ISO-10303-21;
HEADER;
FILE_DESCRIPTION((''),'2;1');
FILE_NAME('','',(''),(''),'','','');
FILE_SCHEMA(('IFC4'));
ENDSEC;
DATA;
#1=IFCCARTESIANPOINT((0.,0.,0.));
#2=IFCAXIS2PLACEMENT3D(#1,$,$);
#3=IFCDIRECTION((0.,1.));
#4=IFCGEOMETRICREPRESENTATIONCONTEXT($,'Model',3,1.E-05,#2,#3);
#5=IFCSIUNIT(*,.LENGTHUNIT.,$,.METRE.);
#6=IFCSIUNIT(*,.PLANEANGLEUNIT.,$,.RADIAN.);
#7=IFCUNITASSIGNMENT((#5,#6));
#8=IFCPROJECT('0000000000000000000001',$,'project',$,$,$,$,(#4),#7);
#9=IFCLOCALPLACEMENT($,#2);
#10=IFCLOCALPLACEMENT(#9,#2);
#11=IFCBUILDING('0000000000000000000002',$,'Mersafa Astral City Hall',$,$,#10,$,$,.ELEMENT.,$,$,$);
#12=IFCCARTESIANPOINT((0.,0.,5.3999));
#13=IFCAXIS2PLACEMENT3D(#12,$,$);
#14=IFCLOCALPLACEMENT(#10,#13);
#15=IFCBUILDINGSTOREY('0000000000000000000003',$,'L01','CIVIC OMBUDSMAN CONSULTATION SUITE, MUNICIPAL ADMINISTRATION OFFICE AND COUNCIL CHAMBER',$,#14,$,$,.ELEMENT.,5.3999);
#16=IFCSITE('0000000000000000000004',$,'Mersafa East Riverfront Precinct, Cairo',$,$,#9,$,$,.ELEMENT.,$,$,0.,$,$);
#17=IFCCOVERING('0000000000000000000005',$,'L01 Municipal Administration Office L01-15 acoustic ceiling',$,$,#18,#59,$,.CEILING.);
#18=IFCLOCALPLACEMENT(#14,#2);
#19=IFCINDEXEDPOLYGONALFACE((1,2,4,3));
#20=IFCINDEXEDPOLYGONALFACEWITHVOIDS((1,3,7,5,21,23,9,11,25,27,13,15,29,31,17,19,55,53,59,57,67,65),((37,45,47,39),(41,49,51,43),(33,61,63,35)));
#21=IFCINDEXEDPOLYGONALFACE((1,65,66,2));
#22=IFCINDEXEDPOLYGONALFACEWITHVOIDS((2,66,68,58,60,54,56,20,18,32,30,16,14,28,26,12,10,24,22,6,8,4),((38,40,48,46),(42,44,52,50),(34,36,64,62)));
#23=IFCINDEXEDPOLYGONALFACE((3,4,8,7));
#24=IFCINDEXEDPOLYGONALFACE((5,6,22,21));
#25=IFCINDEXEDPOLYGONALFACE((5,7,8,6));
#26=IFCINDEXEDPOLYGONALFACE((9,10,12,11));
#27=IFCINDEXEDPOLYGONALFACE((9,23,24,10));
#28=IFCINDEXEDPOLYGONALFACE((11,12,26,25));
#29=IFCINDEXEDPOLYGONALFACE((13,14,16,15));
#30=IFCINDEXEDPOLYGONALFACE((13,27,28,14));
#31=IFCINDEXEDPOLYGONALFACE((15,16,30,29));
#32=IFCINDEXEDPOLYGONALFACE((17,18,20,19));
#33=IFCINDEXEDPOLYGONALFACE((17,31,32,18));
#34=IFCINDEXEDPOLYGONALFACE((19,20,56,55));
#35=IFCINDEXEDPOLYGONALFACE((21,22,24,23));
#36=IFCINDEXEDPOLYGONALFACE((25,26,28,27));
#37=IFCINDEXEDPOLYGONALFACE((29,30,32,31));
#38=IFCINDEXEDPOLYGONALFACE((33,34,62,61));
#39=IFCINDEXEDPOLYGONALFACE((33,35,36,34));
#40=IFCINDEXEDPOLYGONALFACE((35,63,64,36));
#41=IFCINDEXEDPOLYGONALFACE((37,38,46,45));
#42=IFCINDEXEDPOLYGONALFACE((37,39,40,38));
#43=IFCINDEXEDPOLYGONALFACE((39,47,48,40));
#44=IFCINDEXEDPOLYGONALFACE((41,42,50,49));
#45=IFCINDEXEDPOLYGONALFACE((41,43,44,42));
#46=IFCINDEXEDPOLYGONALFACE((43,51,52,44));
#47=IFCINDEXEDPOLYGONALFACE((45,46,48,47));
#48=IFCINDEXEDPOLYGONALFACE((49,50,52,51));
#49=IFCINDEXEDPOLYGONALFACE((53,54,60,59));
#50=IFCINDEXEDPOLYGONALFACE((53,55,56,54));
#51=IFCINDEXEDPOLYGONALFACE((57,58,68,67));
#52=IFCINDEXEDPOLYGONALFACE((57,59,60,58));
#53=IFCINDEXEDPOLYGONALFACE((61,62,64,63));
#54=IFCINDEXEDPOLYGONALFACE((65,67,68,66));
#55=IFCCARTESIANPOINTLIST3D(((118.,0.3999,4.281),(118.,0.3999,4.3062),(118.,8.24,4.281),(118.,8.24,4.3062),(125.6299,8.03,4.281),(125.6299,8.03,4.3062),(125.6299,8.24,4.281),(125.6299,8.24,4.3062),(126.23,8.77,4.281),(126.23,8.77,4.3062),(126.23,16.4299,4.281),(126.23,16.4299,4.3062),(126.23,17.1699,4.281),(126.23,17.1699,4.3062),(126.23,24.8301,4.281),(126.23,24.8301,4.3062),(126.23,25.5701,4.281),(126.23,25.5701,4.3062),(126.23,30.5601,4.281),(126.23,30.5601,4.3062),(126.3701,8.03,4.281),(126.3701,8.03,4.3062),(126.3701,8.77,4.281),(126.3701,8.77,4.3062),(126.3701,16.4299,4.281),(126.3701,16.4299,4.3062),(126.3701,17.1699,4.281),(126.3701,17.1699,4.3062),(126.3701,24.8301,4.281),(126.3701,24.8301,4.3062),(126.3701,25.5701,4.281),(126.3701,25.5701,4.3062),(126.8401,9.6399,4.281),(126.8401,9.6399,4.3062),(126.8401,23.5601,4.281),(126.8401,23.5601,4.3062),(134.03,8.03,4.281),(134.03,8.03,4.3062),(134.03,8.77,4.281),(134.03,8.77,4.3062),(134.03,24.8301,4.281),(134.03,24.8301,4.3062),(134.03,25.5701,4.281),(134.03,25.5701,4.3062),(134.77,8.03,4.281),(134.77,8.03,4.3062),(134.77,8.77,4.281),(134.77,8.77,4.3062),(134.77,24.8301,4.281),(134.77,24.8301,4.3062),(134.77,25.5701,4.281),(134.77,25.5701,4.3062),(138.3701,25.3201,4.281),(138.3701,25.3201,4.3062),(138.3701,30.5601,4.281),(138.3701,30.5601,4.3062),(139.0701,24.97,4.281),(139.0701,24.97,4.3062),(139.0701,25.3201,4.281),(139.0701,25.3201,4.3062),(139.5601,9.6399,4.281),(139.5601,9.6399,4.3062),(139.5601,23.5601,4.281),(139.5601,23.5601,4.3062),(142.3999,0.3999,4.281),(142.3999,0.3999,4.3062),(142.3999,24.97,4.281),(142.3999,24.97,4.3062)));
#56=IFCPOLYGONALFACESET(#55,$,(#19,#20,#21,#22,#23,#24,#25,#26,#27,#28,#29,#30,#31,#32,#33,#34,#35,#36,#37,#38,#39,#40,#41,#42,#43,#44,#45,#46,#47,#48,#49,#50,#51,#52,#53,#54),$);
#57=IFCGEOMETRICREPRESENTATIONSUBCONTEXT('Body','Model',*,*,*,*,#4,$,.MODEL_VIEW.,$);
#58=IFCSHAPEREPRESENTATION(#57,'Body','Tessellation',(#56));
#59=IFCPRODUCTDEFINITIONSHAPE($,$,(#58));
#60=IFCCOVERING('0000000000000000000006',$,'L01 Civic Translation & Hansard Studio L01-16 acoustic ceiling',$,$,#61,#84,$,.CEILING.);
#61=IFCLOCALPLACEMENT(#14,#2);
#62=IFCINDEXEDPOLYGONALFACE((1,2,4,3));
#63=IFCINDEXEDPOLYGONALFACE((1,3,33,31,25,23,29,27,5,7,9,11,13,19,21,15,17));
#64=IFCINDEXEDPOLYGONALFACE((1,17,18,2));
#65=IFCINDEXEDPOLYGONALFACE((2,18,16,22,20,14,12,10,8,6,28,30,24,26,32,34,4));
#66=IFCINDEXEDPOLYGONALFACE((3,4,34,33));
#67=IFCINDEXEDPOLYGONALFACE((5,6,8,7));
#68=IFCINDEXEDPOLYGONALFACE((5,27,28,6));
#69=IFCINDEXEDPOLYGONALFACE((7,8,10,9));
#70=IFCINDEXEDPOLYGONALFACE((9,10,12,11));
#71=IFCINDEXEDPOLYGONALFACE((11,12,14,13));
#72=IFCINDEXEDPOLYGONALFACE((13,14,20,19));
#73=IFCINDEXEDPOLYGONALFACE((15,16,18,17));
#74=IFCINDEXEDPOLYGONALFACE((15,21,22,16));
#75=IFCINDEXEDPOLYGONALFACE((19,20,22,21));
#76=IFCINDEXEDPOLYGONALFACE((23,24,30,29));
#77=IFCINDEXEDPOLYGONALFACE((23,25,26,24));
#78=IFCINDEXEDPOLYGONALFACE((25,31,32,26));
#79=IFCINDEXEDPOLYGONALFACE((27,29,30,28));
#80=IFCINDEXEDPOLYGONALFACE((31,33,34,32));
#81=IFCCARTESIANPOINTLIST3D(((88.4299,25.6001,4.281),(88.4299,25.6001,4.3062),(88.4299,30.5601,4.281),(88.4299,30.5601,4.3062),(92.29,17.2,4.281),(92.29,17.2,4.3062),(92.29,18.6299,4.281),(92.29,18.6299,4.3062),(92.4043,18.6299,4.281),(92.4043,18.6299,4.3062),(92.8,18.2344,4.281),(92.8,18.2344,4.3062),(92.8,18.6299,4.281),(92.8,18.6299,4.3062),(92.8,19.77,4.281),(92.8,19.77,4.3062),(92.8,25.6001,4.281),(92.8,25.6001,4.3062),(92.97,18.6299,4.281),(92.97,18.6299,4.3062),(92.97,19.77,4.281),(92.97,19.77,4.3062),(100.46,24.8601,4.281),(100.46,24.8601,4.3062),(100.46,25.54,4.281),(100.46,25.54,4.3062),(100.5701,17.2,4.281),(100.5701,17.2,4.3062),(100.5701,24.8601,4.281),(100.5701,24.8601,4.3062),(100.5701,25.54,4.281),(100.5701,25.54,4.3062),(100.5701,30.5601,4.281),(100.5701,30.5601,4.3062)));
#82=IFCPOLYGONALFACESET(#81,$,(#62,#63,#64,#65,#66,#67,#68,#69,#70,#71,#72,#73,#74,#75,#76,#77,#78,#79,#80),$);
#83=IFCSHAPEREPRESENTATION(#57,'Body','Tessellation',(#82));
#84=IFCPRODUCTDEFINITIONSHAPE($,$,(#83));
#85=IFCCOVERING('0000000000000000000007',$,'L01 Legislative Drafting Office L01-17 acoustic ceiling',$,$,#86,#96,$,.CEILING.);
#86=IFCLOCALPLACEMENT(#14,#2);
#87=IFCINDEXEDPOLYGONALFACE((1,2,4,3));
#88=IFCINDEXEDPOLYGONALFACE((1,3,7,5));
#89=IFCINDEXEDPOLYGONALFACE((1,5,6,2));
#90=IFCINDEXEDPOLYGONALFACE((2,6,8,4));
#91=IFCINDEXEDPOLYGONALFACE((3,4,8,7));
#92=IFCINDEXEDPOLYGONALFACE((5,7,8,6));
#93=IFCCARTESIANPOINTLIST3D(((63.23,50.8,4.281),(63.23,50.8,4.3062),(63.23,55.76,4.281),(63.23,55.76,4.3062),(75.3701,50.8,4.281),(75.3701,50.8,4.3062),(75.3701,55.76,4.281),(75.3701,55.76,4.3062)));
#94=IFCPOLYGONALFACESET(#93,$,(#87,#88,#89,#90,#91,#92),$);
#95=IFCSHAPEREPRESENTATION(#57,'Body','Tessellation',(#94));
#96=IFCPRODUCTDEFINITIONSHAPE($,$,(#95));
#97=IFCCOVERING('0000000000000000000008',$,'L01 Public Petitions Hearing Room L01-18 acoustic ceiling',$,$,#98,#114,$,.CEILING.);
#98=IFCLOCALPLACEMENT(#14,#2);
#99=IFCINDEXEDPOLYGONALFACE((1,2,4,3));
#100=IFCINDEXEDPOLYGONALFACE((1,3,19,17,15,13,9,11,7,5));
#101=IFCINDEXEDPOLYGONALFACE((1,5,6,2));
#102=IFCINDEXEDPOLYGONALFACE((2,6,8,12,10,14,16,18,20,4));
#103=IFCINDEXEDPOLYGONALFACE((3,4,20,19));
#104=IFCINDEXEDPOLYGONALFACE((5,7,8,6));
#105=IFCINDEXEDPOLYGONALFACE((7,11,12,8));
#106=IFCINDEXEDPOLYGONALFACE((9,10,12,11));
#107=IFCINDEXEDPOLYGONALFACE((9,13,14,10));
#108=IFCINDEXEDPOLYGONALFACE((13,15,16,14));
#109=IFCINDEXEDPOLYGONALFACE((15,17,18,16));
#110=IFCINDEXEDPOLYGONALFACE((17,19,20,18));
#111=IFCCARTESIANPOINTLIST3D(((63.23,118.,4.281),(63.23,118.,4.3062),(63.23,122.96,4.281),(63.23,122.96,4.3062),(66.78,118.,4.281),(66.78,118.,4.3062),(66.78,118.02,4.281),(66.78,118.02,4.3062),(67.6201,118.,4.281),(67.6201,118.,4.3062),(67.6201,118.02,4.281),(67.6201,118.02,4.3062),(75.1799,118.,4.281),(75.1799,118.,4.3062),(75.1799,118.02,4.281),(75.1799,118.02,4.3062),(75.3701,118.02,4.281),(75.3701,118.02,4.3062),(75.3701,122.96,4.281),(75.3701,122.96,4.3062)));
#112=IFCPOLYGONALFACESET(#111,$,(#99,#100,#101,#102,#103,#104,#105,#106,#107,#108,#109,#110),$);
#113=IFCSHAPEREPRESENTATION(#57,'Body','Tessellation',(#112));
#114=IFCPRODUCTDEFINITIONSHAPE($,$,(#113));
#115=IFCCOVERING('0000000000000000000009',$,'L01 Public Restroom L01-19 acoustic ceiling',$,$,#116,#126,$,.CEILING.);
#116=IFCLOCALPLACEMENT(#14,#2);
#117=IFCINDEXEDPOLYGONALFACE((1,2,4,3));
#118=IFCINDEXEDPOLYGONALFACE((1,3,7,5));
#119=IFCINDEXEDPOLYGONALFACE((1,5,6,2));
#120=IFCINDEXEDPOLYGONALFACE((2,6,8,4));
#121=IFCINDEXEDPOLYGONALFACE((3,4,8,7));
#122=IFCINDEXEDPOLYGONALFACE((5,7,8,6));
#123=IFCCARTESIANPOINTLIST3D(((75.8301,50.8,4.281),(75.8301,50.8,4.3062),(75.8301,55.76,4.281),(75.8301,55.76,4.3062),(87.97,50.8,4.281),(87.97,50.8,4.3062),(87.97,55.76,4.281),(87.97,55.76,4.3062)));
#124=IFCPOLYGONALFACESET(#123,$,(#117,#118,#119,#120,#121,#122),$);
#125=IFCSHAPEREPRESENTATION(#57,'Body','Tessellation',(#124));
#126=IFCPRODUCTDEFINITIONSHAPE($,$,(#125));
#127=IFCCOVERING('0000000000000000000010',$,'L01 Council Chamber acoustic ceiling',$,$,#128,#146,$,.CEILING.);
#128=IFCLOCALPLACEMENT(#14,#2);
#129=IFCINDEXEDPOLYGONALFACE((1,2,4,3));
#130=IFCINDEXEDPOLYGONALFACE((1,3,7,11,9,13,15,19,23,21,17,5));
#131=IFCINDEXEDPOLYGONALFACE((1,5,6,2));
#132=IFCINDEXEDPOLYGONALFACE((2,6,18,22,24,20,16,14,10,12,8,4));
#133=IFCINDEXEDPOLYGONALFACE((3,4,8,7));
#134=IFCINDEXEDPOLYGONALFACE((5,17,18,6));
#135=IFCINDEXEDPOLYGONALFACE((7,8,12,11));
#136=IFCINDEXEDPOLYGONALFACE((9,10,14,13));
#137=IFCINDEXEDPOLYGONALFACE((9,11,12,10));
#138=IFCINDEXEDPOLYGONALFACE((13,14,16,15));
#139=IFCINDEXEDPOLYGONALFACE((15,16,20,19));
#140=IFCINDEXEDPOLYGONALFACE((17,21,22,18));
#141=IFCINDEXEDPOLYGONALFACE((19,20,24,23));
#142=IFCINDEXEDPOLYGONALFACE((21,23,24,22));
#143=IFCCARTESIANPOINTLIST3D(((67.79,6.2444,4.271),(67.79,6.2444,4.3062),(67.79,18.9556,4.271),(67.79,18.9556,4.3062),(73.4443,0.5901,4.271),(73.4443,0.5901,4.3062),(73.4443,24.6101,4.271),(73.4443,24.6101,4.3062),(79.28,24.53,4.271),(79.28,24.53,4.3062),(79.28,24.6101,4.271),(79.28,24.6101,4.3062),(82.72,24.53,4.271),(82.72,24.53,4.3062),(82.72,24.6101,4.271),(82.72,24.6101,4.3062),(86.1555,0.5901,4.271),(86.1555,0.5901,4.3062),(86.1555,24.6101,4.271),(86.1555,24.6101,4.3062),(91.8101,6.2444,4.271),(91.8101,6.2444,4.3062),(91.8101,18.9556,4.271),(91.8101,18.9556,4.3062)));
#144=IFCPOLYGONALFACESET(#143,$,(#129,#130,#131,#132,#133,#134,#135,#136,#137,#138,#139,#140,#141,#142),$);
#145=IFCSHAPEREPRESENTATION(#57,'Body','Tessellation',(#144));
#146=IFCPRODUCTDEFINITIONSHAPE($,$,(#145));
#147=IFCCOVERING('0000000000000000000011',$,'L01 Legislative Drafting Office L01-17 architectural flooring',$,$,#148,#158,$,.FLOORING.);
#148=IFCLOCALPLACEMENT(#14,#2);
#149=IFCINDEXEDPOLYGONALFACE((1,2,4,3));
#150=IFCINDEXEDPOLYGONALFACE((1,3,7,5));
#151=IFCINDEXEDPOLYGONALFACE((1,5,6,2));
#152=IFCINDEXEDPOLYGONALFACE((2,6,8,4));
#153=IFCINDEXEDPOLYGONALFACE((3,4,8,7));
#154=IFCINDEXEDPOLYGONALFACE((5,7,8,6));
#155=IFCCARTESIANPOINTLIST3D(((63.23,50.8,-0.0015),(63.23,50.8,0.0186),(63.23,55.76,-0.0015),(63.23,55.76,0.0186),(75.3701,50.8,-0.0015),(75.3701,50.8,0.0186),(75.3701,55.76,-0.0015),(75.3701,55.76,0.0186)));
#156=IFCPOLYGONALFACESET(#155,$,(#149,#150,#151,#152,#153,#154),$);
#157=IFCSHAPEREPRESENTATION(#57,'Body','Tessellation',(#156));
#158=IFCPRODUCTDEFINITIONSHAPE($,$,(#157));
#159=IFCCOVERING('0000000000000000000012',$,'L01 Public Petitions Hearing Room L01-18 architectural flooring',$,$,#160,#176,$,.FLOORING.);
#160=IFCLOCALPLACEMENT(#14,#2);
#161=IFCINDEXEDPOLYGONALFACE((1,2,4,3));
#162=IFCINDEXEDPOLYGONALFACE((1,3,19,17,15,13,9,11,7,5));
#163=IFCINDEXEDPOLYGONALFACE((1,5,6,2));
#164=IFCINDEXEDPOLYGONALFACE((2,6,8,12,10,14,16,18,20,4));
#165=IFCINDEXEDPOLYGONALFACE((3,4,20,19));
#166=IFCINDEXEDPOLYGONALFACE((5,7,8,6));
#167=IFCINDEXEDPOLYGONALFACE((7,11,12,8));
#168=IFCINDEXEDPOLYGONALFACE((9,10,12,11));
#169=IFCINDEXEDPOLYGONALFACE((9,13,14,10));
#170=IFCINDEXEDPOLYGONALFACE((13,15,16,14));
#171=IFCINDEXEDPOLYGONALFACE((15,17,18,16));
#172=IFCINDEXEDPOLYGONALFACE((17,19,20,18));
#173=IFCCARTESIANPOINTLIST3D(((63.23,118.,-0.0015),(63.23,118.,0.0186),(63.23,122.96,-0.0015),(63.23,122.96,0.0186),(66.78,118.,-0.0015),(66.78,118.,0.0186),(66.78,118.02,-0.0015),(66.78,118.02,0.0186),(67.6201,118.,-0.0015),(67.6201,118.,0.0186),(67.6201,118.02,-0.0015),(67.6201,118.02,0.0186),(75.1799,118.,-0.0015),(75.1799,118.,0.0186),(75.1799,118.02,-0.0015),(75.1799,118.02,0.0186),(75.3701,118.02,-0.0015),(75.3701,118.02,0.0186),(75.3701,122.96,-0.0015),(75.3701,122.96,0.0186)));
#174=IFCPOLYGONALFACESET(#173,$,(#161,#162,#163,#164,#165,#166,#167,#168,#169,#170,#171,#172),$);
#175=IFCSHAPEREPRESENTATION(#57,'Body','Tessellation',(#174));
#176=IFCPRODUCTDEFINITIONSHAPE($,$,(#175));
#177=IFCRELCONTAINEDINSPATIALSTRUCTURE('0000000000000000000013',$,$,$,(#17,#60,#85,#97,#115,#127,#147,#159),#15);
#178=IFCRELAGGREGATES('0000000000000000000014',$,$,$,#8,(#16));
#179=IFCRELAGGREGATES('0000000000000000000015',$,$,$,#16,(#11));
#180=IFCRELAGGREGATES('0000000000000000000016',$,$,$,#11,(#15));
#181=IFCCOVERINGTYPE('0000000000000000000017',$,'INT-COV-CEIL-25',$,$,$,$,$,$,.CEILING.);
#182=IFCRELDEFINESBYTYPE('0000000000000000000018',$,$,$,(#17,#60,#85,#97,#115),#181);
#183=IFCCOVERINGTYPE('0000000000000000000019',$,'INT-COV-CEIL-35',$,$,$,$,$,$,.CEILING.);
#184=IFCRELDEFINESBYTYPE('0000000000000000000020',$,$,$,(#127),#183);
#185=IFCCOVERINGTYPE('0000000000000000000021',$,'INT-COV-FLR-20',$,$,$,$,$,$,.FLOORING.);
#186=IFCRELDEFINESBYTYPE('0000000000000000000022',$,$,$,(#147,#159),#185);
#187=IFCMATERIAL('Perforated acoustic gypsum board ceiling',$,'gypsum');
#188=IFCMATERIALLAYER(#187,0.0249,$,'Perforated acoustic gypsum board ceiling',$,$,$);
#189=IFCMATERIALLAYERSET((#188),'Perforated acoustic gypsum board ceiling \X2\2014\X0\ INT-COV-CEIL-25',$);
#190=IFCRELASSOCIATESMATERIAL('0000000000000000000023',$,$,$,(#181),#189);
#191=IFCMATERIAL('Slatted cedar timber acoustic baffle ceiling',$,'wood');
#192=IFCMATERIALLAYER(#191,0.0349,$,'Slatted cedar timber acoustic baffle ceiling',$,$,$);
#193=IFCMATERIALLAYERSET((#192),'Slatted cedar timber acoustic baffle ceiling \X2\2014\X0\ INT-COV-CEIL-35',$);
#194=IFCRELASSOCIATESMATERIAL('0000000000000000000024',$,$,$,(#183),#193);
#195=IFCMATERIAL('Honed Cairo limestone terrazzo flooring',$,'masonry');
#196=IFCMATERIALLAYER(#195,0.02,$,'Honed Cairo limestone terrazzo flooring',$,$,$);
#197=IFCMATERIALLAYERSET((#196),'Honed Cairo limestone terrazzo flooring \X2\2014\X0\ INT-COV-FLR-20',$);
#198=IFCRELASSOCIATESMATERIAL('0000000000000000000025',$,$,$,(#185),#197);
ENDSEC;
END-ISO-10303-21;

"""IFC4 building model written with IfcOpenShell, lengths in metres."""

from ifc_helpers import new_model, si_unit, direction, frame, origin, place, context, subcontext, project, spatial, polyline, outline, extrude, material, layer, layer_set, type_object, element, save


model = new_model("IFC4")

# Units and contexts
model_context = context("Model", 3, precision=1e-05, world=origin(), true_north=direction((0.0, 1.0)))
body_context = subcontext(model_context, "Body", "Model", "MODEL_VIEW")
ifc_project = project(units=[si_unit("LENGTHUNIT", "METRE"), si_unit("PLANEANGLEUNIT", "RADIAN")], contexts=[model_context])

# Site, building, storey
site_placement = place(None, origin())
site = spatial("IfcSite", under=ifc_project, at=site_placement, Name="Mersafa East Riverfront Precinct, Cairo", CompositionType="ELEMENT", RefElevation=0.0)
building_placement = place(site_placement, origin())
building = spatial("IfcBuilding", under=site, at=building_placement, Name="Mersafa Astral City Hall", CompositionType="ELEMENT")
storey_placement = place(building_placement, frame((0.0, 0.0, 5.3999)))
storey = spatial("IfcBuildingStorey", under=building, at=storey_placement, Name="L01", Description="CIVIC OMBUDSMAN CONSULTATION SUITE, MUNICIPAL ADMINISTRATION OFFICE AND COUNCIL CHAMBER", CompositionType="ELEMENT", Elevation=5.3999)

# Coverings
ifc_material_1 = material(Name="Perforated acoustic gypsum board ceiling", Category="gypsum")
ifc_layer_1 = layer(ifc_material_1, 0.0249, Name="Perforated acoustic gypsum board ceiling")
ifc_layer_set_1 = layer_set([ifc_layer_1], Name="Perforated acoustic gypsum board ceiling — INT-COV-CEIL-25")
covering_type_1 = type_object("IfcCoveringType", Name="INT-COV-CEIL-25", PredefinedType="CEILING", material=ifc_layer_set_1)
covering_1_placement = place(storey_placement, frame((0.0, 0.0, 4.281)))
element("IfcCovering", 1, at=covering_1_placement, inside=storey, type_object=covering_type_1, Name="L01 Municipal Administration Office L01-15 acoustic ceiling", PredefinedType="CEILING", context=body_context, shape_type="SweptSolid", body=[
    extrude(outline(polyline([(125.6299, 8.03), (126.3701, 8.03), (126.3701, 8.77), (126.23, 8.77), (126.23, 16.4299), (126.3701, 16.4299), (126.3701, 17.1699), (126.23, 17.1699), (126.23, 24.8301), (126.3701, 24.8301), (126.3701, 25.5701), (126.23, 25.5701), (126.23, 30.5601), (138.3701, 30.5601), (138.3701, 25.3201), (139.0701, 25.3201), (139.0701, 24.97), (142.3999, 24.97), (142.3999, 0.3999), (118.0, 0.3999), (118.0, 8.24), (125.6299, 8.24), (125.6299, 8.03)]), holes=[polyline([(126.8401, 9.6399), (139.5601, 9.6399), (139.5601, 23.5601), (126.8401, 23.5601), (126.8401, 9.6399)]), polyline([(134.77, 8.03), (134.77, 8.77), (134.03, 8.77), (134.03, 8.03), (134.77, 8.03)]), polyline([(134.77, 24.8301), (134.77, 25.5701), (134.03, 25.5701), (134.03, 24.8301), (134.77, 24.8301)])]), origin(), (0.0, 0.0, 1.0), 0.0251),
])
covering_2_placement = place(storey_placement, frame((0.0, 0.0, 4.281)))
element("IfcCovering", 2, at=covering_2_placement, inside=storey, type_object=covering_type_1, Name="L01 Civic Translation & Hansard Studio L01-16 acoustic ceiling", PredefinedType="CEILING", context=body_context, shape_type="SweptSolid", body=[
    extrude(outline(polyline([(92.97, 18.6299), (92.97, 19.77), (92.8, 19.77), (92.8, 25.6001), (88.4299, 25.6001), (88.4299, 30.5601), (100.5701, 30.5601), (100.5701, 25.54), (100.46, 25.54), (100.46, 24.8601), (100.5701, 24.8601), (100.5701, 17.2), (92.29, 17.2), (92.29, 18.6299), (92.4043, 18.6299), (92.8, 18.2344), (92.8, 18.6299), (92.97, 18.6299)])), origin(), (0.0, 0.0, 1.0), 0.0251),
])
covering_3_placement = place(storey_placement, frame((0.0, 0.0, 4.281)))
element("IfcCovering", 3, at=covering_3_placement, inside=storey, type_object=covering_type_1, Name="L01 Legislative Drafting Office L01-17 acoustic ceiling", PredefinedType="CEILING", context=body_context, shape_type="SweptSolid", body=[
    extrude(outline(polyline([(75.3701, 55.76), (75.3701, 50.8), (63.23, 50.8), (63.23, 55.76), (75.3701, 55.76)])), origin(), (0.0, 0.0, 1.0), 0.0251),
])
covering_4_placement = place(storey_placement, frame((0.0, 0.0, 4.281)))
element("IfcCovering", 4, at=covering_4_placement, inside=storey, type_object=covering_type_1, Name="L01 Public Petitions Hearing Room L01-18 acoustic ceiling", PredefinedType="CEILING", context=body_context, shape_type="SweptSolid", body=[
    extrude(outline(polyline([(75.3701, 122.96), (75.3701, 118.02), (75.1799, 118.02), (75.1799, 118.0), (67.6201, 118.0), (67.6201, 118.02), (66.78, 118.02), (66.78, 118.0), (63.23, 118.0), (63.23, 122.96), (75.3701, 122.96)])), origin(), (0.0, 0.0, 1.0), 0.0251),
])
covering_5_placement = place(storey_placement, frame((0.0, 0.0, 4.281)))
element("IfcCovering", 5, at=covering_5_placement, inside=storey, type_object=covering_type_1, Name="L01 Public Restroom L01-19 acoustic ceiling", PredefinedType="CEILING", context=body_context, shape_type="SweptSolid", body=[
    extrude(outline(polyline([(87.97, 55.76), (87.97, 50.8), (75.8301, 50.8), (75.8301, 55.76), (87.97, 55.76)])), origin(), (0.0, 0.0, 1.0), 0.0251),
])
ifc_material_2 = material(Name="Slatted cedar timber acoustic baffle ceiling", Category="wood")
ifc_layer_2 = layer(ifc_material_2, 0.0349, Name="Slatted cedar timber acoustic baffle ceiling")
ifc_layer_set_2 = layer_set([ifc_layer_2], Name="Slatted cedar timber acoustic baffle ceiling — INT-COV-CEIL-35")
covering_type_2 = type_object("IfcCoveringType", Name="INT-COV-CEIL-35", PredefinedType="CEILING", material=ifc_layer_set_2)
covering_6_placement = place(storey_placement, frame((0.0, 0.0, 4.271)))
element("IfcCovering", 6, at=covering_6_placement, inside=storey, type_object=covering_type_2, Name="L01 Council Chamber acoustic ceiling", PredefinedType="CEILING", context=body_context, shape_type="SweptSolid", body=[
    extrude(outline(polyline([(73.4443, 24.6101), (79.28, 24.6101), (79.28, 24.53), (82.72, 24.53), (82.72, 24.6101), (86.1555, 24.6101), (91.8101, 18.9556), (91.8101, 6.2444), (86.1555, 0.5901), (73.4443, 0.5901), (67.79, 6.2444), (67.79, 18.9556), (73.4443, 24.6101)])), origin(), (0.0, 0.0, 1.0), 0.0352),
])
ifc_material_3 = material(Name="Honed Cairo limestone terrazzo flooring", Category="masonry")
ifc_layer_3 = layer(ifc_material_3, 0.02, Name="Honed Cairo limestone terrazzo flooring")
ifc_layer_set_3 = layer_set([ifc_layer_3], Name="Honed Cairo limestone terrazzo flooring — INT-COV-FLR-20")
covering_type_3 = type_object("IfcCoveringType", Name="INT-COV-FLR-20", PredefinedType="FLOORING", material=ifc_layer_set_3)
covering_7_placement = place(storey_placement, frame((0.0, 0.0, -0.0015)))
element("IfcCovering", 7, at=covering_7_placement, inside=storey, type_object=covering_type_3, Name="L01 Legislative Drafting Office L01-17 architectural flooring", PredefinedType="FLOORING", context=body_context, shape_type="SweptSolid", body=[
    extrude(outline(polyline([(75.3701, 55.76), (75.3701, 50.8), (63.23, 50.8), (63.23, 55.76), (75.3701, 55.76)])), origin(), (0.0, 0.0, 1.0), 0.02),
])
covering_8_placement = place(storey_placement, frame((0.0, 0.0, -0.0015)))
element("IfcCovering", 8, at=covering_8_placement, inside=storey, type_object=covering_type_3, Name="L01 Public Petitions Hearing Room L01-18 architectural flooring", PredefinedType="FLOORING", context=body_context, shape_type="SweptSolid", body=[
    extrude(outline(polyline([(75.3701, 122.96), (75.3701, 118.02), (75.1799, 118.02), (75.1799, 118.0), (67.6201, 118.0), (67.6201, 118.02), (66.78, 118.02), (66.78, 118.0), (63.23, 118.0), (63.23, 122.96), (75.3701, 122.96)])), origin(), (0.0, 0.0, 1.0), 0.02),
])

save(model, "model.ifc")
